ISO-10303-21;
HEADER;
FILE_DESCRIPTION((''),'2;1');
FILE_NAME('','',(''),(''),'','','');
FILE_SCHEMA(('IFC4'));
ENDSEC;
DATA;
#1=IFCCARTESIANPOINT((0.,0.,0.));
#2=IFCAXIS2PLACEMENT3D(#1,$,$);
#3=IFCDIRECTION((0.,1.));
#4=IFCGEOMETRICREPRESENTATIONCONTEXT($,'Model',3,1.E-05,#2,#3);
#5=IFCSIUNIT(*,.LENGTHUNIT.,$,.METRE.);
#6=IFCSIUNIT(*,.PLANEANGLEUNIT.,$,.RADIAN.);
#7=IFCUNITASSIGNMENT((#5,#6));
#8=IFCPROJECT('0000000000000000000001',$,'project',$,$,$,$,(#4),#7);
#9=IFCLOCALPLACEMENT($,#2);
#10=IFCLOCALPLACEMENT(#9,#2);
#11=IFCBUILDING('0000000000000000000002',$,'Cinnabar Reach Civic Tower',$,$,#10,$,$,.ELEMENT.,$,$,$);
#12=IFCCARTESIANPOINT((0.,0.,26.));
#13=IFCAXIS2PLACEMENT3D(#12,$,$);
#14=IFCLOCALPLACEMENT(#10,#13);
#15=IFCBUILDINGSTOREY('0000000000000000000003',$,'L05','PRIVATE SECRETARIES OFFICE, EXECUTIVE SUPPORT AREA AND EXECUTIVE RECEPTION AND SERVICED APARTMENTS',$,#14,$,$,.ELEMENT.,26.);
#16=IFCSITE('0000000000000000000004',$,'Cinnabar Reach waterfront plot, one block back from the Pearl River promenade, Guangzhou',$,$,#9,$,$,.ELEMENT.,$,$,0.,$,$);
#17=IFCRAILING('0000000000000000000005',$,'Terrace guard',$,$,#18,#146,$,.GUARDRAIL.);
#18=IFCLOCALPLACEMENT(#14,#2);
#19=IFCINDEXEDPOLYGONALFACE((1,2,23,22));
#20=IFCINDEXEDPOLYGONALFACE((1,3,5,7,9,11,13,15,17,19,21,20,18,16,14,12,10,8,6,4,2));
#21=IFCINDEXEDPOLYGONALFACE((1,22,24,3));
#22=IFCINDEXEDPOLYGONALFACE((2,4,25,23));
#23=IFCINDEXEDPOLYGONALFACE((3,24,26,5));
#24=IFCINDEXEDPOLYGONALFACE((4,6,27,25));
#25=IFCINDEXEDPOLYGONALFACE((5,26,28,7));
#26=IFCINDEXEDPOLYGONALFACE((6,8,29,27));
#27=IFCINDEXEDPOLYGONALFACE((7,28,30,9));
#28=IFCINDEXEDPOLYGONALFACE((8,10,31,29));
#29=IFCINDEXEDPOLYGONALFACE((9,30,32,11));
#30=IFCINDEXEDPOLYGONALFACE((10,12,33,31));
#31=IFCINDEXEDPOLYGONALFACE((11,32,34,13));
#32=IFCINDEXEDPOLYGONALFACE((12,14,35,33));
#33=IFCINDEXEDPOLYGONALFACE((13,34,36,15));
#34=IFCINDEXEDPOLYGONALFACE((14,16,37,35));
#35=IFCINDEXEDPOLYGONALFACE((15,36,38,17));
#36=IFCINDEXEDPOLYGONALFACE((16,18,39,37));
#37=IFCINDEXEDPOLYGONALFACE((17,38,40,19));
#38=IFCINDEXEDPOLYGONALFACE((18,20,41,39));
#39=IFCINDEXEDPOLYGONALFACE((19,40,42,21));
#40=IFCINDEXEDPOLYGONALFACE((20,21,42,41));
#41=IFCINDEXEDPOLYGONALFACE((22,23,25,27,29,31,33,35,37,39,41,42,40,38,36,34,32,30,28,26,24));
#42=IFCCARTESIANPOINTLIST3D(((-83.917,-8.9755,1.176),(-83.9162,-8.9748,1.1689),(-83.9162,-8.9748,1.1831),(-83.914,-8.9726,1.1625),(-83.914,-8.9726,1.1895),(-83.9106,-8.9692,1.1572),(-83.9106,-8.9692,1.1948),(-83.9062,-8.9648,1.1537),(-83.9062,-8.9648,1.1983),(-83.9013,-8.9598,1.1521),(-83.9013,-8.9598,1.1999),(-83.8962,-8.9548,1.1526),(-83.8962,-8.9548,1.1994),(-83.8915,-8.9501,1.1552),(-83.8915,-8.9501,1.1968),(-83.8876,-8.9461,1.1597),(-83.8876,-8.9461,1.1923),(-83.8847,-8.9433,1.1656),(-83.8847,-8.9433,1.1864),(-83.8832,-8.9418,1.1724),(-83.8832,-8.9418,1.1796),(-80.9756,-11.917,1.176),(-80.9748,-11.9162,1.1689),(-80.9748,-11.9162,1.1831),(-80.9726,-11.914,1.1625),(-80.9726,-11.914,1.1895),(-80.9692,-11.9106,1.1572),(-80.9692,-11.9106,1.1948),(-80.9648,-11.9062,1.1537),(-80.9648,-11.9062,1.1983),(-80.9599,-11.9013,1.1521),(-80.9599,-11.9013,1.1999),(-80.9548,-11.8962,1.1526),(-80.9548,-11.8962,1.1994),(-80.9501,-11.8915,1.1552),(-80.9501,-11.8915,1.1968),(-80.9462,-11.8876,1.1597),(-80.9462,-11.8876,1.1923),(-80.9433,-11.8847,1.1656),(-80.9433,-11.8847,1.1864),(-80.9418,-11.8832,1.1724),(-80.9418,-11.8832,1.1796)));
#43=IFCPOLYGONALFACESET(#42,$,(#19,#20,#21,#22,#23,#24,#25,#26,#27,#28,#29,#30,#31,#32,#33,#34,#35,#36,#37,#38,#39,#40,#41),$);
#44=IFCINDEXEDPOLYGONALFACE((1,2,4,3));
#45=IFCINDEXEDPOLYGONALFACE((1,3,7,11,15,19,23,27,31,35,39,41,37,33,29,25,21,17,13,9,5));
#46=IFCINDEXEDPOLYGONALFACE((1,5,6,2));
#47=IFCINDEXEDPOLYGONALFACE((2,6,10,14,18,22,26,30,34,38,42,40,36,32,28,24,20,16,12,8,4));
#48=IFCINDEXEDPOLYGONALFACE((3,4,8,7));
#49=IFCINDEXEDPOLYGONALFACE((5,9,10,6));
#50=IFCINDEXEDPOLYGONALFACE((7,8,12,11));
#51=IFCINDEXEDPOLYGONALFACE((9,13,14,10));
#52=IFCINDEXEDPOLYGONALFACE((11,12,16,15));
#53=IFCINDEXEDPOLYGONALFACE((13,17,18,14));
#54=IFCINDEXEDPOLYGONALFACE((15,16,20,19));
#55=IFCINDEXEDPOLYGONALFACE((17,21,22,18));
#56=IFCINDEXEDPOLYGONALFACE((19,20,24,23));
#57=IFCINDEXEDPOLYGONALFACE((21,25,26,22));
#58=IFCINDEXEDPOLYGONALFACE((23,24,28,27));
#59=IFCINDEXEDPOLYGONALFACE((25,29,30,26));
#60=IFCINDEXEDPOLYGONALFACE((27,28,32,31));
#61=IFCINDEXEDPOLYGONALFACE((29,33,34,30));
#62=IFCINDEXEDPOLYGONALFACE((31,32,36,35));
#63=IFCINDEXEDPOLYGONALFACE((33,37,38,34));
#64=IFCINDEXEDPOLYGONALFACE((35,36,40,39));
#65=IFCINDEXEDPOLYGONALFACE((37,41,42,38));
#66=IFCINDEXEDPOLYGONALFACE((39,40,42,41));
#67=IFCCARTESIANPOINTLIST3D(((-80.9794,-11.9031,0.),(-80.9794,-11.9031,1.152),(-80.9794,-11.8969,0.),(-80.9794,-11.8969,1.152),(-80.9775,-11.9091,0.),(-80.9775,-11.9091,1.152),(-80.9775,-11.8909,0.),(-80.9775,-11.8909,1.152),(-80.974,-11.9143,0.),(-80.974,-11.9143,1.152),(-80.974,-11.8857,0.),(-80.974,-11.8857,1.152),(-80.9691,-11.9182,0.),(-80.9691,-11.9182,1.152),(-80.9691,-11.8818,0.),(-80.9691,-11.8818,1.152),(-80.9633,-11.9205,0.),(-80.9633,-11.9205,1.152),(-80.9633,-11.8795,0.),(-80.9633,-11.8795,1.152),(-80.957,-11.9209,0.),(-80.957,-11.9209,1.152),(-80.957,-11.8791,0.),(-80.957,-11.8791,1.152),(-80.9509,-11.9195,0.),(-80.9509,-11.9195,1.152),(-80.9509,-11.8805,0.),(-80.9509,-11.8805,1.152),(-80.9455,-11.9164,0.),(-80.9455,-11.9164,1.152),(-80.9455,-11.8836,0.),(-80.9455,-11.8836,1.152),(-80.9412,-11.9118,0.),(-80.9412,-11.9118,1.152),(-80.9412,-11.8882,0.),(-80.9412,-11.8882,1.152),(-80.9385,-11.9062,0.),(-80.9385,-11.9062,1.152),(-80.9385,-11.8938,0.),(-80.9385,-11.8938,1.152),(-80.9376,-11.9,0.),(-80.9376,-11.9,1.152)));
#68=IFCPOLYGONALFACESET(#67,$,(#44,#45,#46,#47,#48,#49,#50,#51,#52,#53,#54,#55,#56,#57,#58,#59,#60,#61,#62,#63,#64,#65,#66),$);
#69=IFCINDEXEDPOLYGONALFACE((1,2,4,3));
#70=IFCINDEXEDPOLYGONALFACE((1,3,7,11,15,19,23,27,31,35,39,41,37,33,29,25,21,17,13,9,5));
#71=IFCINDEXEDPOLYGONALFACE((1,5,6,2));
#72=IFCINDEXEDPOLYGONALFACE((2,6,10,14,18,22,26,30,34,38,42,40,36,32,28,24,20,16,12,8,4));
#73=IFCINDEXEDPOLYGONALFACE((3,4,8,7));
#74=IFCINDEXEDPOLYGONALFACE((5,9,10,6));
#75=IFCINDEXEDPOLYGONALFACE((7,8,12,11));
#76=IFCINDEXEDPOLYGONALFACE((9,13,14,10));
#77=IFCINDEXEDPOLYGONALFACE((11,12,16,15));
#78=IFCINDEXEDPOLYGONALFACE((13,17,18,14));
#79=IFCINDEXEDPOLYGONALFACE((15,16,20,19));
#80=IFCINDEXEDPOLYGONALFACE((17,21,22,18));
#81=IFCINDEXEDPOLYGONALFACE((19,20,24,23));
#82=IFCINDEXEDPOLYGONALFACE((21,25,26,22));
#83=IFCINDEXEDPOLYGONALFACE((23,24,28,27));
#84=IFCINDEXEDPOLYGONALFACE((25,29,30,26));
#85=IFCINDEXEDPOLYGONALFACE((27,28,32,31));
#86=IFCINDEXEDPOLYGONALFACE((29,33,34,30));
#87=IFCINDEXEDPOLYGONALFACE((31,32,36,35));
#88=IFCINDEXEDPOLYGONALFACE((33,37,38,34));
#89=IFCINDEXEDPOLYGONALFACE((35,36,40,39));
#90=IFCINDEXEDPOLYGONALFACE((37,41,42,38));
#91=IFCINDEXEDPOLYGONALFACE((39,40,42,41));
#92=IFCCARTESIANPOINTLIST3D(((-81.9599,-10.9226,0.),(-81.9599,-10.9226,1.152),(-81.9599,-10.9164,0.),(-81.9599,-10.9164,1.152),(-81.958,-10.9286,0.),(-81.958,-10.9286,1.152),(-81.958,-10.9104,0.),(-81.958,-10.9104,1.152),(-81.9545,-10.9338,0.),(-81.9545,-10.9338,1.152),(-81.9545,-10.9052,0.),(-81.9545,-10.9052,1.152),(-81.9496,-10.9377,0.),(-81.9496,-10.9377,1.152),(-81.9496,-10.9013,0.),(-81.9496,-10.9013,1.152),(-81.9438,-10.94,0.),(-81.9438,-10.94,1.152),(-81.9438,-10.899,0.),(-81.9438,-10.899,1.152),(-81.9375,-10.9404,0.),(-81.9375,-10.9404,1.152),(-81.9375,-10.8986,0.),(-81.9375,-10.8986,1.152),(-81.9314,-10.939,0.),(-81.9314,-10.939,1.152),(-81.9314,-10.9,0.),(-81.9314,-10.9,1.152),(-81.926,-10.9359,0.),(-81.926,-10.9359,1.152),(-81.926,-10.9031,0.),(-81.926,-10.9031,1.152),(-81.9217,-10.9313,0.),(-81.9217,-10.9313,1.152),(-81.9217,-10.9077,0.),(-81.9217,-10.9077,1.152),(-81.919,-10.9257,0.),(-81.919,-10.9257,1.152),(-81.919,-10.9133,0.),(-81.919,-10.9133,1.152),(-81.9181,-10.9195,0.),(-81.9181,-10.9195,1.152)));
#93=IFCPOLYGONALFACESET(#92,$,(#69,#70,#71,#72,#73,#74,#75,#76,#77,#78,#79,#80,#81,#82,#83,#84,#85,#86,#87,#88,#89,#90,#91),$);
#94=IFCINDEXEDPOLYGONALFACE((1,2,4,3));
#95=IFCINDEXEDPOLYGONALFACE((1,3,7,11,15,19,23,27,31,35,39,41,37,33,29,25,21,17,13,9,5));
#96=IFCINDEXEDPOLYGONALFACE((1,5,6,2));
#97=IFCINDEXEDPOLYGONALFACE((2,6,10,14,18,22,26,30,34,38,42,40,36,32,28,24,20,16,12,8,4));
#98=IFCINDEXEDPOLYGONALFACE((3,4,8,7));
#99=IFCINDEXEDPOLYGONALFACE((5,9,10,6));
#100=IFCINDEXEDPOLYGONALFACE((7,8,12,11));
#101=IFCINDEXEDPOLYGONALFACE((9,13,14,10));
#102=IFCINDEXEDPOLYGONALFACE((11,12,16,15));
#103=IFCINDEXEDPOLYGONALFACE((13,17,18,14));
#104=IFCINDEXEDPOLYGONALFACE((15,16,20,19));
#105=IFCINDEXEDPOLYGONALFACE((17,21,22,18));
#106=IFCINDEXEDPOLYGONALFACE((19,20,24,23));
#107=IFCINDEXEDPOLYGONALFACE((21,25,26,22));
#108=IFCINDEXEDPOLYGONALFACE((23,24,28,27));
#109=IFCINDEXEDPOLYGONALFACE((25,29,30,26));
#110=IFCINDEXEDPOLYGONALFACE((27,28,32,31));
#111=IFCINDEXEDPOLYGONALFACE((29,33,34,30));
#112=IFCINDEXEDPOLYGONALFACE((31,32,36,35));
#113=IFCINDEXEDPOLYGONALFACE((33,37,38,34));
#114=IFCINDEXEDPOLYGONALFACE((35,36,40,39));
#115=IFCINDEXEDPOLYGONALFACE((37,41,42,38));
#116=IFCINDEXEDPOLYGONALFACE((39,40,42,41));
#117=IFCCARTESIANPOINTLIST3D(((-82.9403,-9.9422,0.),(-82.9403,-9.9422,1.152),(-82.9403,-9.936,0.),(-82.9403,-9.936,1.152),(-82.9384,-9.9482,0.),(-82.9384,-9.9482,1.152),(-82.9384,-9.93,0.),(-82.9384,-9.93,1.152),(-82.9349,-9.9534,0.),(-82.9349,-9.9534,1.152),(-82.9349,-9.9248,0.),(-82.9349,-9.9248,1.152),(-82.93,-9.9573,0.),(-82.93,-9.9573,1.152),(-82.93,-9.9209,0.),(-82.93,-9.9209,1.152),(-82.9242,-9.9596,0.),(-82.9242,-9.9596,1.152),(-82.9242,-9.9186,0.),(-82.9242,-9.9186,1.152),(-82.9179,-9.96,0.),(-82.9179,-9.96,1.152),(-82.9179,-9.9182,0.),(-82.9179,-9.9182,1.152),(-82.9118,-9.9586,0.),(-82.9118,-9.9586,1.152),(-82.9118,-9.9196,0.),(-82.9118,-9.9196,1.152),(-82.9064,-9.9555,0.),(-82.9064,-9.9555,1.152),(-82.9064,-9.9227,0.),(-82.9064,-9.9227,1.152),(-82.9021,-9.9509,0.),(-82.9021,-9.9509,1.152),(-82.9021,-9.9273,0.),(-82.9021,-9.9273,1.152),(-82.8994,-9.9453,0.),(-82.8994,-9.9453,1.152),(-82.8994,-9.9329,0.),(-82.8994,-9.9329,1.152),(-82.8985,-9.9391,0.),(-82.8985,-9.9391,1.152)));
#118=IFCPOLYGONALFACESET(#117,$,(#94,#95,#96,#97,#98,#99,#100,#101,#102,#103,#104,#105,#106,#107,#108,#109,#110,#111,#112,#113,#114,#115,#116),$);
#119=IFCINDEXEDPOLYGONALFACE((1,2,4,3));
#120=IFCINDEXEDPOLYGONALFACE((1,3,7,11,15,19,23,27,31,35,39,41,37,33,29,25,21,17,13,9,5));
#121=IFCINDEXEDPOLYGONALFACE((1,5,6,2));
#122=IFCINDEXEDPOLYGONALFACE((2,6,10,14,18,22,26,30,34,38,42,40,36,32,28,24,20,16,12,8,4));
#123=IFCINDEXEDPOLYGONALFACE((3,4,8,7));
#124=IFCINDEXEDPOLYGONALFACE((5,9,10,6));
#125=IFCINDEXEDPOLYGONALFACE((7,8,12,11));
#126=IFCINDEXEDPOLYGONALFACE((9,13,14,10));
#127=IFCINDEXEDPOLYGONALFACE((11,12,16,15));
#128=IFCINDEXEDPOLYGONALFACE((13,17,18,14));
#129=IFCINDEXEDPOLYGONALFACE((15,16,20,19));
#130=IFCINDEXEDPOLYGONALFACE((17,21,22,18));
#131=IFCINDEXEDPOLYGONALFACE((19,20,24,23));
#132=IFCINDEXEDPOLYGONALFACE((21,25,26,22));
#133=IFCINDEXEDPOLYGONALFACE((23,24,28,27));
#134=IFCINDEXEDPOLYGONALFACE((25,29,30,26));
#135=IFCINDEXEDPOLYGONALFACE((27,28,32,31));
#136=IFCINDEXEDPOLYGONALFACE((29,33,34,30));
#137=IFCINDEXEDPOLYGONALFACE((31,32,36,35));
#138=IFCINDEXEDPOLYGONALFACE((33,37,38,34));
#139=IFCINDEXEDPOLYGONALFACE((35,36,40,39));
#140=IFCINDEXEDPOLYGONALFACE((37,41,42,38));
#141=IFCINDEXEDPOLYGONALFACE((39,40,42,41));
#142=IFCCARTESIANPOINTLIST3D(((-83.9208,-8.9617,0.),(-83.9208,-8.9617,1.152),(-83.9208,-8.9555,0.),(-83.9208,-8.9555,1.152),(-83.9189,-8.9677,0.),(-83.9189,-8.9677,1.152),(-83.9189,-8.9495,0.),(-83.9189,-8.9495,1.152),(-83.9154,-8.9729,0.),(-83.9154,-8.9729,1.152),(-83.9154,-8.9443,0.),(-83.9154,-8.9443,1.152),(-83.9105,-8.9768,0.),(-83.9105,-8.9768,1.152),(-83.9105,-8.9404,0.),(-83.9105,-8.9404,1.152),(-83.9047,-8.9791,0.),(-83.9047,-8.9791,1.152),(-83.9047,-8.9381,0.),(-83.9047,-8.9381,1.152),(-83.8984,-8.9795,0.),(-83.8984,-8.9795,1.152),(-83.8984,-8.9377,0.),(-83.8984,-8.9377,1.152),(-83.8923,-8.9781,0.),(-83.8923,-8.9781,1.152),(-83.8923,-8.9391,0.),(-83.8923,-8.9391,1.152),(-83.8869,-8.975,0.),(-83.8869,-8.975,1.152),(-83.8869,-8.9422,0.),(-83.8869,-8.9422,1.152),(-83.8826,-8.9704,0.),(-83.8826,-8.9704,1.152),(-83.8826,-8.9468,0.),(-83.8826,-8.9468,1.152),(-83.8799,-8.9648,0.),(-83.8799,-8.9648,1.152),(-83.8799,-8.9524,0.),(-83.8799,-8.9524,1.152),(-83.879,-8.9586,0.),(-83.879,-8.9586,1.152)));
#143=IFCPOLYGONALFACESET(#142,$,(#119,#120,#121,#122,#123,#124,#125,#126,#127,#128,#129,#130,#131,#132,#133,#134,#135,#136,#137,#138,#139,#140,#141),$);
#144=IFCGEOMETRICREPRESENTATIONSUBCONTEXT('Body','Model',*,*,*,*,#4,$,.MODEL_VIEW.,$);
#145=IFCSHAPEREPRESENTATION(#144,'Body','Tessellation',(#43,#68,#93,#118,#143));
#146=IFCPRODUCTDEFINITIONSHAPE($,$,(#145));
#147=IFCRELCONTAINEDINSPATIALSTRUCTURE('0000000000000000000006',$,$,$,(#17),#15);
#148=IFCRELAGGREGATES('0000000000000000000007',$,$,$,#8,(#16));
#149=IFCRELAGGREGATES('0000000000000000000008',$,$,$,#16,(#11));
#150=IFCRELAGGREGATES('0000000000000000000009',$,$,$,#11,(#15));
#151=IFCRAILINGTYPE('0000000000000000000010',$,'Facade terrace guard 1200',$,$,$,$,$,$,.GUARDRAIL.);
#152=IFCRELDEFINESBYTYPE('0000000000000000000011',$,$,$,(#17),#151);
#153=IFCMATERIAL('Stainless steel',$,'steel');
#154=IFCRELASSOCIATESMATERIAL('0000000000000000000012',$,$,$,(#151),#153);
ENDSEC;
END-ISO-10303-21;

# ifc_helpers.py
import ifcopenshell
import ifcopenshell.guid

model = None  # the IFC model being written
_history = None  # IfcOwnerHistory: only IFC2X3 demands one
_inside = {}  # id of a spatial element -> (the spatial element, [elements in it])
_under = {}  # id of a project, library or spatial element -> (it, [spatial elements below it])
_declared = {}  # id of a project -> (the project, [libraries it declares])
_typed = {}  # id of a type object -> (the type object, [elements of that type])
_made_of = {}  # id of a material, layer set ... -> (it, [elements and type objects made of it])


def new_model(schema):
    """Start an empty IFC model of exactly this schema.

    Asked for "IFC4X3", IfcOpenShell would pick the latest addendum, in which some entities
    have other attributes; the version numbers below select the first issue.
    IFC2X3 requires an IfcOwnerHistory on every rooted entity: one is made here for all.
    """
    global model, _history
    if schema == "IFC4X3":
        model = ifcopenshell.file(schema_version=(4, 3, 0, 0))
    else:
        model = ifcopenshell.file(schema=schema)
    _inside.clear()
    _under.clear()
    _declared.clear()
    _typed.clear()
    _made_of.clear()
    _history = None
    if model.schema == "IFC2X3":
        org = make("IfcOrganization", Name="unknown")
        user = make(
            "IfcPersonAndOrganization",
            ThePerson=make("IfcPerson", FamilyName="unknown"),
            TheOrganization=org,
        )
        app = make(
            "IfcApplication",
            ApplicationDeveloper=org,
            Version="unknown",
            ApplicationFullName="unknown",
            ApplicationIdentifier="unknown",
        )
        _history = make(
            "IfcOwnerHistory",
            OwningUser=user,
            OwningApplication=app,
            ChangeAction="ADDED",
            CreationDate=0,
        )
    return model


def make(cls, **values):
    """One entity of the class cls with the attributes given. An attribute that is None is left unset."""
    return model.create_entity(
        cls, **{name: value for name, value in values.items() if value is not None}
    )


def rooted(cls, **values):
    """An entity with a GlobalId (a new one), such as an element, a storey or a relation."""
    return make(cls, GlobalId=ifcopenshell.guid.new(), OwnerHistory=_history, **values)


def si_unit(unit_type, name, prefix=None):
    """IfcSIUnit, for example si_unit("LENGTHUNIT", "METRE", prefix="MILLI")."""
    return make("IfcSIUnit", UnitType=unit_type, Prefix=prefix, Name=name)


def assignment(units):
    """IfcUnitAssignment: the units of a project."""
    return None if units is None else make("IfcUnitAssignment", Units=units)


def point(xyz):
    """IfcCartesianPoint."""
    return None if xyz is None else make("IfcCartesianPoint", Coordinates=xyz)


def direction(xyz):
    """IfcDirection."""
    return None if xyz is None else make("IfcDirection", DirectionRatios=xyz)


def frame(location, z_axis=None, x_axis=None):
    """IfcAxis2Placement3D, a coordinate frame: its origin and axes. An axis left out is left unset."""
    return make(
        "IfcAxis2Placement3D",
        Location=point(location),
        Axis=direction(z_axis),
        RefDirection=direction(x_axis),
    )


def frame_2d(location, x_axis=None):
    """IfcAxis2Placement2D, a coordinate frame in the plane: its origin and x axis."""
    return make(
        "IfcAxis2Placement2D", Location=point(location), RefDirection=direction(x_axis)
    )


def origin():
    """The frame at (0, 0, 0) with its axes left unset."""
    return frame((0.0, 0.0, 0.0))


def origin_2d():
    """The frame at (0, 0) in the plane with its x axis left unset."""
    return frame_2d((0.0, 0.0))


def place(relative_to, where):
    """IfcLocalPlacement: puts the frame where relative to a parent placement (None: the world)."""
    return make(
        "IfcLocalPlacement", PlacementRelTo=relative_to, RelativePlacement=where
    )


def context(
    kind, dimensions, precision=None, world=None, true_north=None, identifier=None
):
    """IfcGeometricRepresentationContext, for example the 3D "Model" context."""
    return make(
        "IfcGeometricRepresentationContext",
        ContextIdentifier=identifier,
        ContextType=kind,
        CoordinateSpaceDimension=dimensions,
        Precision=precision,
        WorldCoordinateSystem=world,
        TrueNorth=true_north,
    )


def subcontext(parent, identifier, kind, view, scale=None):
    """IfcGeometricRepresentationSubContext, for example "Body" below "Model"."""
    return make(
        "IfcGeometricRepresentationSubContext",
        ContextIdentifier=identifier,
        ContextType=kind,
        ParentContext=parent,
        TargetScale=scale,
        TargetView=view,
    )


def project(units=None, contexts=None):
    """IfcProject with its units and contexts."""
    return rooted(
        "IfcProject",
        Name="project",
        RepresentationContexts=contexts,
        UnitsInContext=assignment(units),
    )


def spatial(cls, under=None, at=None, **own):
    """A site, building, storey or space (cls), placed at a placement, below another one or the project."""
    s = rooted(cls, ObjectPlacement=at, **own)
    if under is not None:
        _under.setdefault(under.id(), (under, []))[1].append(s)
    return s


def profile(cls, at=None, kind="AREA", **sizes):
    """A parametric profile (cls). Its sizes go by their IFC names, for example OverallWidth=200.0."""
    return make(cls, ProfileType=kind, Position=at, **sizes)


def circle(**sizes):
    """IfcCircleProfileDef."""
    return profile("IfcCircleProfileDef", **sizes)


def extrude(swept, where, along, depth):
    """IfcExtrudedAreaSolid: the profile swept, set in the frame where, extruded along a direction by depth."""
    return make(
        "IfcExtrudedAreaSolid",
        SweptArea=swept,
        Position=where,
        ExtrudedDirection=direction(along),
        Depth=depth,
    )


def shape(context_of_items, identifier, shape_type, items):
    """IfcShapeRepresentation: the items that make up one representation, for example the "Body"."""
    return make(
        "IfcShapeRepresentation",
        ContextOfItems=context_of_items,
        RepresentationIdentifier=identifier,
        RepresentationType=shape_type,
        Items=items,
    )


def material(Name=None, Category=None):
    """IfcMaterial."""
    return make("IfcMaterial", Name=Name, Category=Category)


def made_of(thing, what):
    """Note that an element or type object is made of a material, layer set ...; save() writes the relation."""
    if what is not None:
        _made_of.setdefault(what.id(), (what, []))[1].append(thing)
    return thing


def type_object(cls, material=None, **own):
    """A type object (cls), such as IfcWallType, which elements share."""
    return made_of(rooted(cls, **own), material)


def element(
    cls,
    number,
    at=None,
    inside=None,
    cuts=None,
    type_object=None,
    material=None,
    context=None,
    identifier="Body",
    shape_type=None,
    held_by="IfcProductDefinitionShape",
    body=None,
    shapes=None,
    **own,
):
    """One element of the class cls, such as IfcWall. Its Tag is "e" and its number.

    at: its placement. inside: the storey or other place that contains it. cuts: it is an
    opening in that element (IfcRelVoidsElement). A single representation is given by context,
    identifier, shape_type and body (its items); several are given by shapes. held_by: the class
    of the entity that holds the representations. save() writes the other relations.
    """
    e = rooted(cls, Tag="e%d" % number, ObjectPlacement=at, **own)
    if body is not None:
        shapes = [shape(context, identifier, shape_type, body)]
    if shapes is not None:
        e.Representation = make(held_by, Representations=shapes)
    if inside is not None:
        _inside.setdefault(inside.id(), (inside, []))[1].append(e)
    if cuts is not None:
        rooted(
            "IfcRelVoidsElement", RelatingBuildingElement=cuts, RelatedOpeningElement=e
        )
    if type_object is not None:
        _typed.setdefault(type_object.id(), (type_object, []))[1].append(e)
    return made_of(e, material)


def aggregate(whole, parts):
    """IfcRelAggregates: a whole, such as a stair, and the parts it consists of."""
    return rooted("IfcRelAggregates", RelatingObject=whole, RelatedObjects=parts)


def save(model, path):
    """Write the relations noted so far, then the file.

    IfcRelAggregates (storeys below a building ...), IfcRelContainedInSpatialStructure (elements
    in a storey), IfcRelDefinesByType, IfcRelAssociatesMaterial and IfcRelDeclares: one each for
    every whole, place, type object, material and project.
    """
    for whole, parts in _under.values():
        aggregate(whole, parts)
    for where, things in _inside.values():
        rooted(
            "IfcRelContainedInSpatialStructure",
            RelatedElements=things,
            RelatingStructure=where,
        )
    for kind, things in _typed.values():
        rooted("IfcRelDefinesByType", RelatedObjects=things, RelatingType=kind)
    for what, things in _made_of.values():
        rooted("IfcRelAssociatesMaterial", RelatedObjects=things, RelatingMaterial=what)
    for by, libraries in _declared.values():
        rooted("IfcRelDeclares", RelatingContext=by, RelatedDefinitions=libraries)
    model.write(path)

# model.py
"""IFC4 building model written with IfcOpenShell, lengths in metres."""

from ifc_helpers import new_model, si_unit, direction, frame, origin, origin_2d, place, context, subcontext, project, spatial, circle, extrude, material, type_object, element, save


model = new_model("IFC4")

# Units and contexts
model_context = context("Model", 3, precision=1e-05, world=origin(), true_north=direction((0.0, 1.0)))
body_context = subcontext(model_context, "Body", "Model", "MODEL_VIEW")
ifc_project = project(units=[si_unit("LENGTHUNIT", "METRE"), si_unit("PLANEANGLEUNIT", "RADIAN")], contexts=[model_context])

# Site, building, storey
site_placement = place(None, origin())
site = spatial("IfcSite", under=ifc_project, at=site_placement, Name="Cinnabar Reach waterfront plot, one block back from the Pearl River promenade, Guangzhou", CompositionType="ELEMENT", RefElevation=0.0)
building_placement = place(site_placement, origin())
building = spatial("IfcBuilding", under=site, at=building_placement, Name="Cinnabar Reach Civic Tower", CompositionType="ELEMENT")
storey_placement = place(building_placement, frame((0.0, 0.0, 26.0)))
storey = spatial("IfcBuildingStorey", under=building, at=storey_placement, Name="L05", Description="PRIVATE SECRETARIES OFFICE, EXECUTIVE SUPPORT AREA AND EXECUTIVE RECEPTION AND SERVICED APARTMENTS", CompositionType="ELEMENT", Elevation=26.0)

# Railing
ifc_material_1 = material(Name="Stainless steel", Category="steel")
railing_type = type_object("IfcRailingType", Name="Facade terrace guard 1200", PredefinedType="GUARDRAIL", material=ifc_material_1)
railing_1_placement = place(storey_placement, frame((-80.9586, -11.9, 0.0)))
element("IfcRailing", 1, at=railing_1_placement, inside=storey, type_object=railing_type, Name="Terrace guard", PredefinedType="GUARDRAIL", context=body_context, shape_type="SweptSolid", body=[
    extrude(circle(Radius=0.024, at=origin_2d()), frame((0.0, 0.0, 1.176), z_axis=(-0.707107, 0.707107, 0.0), x_axis=(-0.707107, -0.707107, 0.0)), (0.0, 0.0, 1.0), 4.1598),
    extrude(circle(Radius=0.021, at=origin_2d()), origin(), (0.0, 0.0, 1.0), 1.152),
    extrude(circle(Radius=0.021, at=origin_2d()), frame((-0.9805, 0.9805, 0.0)), (0.0, 0.0, 1.0), 1.152),
    extrude(circle(Radius=0.021, at=origin_2d()), frame((-1.9609, 1.9609, 0.0)), (0.0, 0.0, 1.0), 1.152),
    extrude(circle(Radius=0.021, at=origin_2d()), frame((-2.9414, 2.9414, 0.0)), (0.0, 0.0, 1.0), 1.152),
])

save(model, "model.ifc")
